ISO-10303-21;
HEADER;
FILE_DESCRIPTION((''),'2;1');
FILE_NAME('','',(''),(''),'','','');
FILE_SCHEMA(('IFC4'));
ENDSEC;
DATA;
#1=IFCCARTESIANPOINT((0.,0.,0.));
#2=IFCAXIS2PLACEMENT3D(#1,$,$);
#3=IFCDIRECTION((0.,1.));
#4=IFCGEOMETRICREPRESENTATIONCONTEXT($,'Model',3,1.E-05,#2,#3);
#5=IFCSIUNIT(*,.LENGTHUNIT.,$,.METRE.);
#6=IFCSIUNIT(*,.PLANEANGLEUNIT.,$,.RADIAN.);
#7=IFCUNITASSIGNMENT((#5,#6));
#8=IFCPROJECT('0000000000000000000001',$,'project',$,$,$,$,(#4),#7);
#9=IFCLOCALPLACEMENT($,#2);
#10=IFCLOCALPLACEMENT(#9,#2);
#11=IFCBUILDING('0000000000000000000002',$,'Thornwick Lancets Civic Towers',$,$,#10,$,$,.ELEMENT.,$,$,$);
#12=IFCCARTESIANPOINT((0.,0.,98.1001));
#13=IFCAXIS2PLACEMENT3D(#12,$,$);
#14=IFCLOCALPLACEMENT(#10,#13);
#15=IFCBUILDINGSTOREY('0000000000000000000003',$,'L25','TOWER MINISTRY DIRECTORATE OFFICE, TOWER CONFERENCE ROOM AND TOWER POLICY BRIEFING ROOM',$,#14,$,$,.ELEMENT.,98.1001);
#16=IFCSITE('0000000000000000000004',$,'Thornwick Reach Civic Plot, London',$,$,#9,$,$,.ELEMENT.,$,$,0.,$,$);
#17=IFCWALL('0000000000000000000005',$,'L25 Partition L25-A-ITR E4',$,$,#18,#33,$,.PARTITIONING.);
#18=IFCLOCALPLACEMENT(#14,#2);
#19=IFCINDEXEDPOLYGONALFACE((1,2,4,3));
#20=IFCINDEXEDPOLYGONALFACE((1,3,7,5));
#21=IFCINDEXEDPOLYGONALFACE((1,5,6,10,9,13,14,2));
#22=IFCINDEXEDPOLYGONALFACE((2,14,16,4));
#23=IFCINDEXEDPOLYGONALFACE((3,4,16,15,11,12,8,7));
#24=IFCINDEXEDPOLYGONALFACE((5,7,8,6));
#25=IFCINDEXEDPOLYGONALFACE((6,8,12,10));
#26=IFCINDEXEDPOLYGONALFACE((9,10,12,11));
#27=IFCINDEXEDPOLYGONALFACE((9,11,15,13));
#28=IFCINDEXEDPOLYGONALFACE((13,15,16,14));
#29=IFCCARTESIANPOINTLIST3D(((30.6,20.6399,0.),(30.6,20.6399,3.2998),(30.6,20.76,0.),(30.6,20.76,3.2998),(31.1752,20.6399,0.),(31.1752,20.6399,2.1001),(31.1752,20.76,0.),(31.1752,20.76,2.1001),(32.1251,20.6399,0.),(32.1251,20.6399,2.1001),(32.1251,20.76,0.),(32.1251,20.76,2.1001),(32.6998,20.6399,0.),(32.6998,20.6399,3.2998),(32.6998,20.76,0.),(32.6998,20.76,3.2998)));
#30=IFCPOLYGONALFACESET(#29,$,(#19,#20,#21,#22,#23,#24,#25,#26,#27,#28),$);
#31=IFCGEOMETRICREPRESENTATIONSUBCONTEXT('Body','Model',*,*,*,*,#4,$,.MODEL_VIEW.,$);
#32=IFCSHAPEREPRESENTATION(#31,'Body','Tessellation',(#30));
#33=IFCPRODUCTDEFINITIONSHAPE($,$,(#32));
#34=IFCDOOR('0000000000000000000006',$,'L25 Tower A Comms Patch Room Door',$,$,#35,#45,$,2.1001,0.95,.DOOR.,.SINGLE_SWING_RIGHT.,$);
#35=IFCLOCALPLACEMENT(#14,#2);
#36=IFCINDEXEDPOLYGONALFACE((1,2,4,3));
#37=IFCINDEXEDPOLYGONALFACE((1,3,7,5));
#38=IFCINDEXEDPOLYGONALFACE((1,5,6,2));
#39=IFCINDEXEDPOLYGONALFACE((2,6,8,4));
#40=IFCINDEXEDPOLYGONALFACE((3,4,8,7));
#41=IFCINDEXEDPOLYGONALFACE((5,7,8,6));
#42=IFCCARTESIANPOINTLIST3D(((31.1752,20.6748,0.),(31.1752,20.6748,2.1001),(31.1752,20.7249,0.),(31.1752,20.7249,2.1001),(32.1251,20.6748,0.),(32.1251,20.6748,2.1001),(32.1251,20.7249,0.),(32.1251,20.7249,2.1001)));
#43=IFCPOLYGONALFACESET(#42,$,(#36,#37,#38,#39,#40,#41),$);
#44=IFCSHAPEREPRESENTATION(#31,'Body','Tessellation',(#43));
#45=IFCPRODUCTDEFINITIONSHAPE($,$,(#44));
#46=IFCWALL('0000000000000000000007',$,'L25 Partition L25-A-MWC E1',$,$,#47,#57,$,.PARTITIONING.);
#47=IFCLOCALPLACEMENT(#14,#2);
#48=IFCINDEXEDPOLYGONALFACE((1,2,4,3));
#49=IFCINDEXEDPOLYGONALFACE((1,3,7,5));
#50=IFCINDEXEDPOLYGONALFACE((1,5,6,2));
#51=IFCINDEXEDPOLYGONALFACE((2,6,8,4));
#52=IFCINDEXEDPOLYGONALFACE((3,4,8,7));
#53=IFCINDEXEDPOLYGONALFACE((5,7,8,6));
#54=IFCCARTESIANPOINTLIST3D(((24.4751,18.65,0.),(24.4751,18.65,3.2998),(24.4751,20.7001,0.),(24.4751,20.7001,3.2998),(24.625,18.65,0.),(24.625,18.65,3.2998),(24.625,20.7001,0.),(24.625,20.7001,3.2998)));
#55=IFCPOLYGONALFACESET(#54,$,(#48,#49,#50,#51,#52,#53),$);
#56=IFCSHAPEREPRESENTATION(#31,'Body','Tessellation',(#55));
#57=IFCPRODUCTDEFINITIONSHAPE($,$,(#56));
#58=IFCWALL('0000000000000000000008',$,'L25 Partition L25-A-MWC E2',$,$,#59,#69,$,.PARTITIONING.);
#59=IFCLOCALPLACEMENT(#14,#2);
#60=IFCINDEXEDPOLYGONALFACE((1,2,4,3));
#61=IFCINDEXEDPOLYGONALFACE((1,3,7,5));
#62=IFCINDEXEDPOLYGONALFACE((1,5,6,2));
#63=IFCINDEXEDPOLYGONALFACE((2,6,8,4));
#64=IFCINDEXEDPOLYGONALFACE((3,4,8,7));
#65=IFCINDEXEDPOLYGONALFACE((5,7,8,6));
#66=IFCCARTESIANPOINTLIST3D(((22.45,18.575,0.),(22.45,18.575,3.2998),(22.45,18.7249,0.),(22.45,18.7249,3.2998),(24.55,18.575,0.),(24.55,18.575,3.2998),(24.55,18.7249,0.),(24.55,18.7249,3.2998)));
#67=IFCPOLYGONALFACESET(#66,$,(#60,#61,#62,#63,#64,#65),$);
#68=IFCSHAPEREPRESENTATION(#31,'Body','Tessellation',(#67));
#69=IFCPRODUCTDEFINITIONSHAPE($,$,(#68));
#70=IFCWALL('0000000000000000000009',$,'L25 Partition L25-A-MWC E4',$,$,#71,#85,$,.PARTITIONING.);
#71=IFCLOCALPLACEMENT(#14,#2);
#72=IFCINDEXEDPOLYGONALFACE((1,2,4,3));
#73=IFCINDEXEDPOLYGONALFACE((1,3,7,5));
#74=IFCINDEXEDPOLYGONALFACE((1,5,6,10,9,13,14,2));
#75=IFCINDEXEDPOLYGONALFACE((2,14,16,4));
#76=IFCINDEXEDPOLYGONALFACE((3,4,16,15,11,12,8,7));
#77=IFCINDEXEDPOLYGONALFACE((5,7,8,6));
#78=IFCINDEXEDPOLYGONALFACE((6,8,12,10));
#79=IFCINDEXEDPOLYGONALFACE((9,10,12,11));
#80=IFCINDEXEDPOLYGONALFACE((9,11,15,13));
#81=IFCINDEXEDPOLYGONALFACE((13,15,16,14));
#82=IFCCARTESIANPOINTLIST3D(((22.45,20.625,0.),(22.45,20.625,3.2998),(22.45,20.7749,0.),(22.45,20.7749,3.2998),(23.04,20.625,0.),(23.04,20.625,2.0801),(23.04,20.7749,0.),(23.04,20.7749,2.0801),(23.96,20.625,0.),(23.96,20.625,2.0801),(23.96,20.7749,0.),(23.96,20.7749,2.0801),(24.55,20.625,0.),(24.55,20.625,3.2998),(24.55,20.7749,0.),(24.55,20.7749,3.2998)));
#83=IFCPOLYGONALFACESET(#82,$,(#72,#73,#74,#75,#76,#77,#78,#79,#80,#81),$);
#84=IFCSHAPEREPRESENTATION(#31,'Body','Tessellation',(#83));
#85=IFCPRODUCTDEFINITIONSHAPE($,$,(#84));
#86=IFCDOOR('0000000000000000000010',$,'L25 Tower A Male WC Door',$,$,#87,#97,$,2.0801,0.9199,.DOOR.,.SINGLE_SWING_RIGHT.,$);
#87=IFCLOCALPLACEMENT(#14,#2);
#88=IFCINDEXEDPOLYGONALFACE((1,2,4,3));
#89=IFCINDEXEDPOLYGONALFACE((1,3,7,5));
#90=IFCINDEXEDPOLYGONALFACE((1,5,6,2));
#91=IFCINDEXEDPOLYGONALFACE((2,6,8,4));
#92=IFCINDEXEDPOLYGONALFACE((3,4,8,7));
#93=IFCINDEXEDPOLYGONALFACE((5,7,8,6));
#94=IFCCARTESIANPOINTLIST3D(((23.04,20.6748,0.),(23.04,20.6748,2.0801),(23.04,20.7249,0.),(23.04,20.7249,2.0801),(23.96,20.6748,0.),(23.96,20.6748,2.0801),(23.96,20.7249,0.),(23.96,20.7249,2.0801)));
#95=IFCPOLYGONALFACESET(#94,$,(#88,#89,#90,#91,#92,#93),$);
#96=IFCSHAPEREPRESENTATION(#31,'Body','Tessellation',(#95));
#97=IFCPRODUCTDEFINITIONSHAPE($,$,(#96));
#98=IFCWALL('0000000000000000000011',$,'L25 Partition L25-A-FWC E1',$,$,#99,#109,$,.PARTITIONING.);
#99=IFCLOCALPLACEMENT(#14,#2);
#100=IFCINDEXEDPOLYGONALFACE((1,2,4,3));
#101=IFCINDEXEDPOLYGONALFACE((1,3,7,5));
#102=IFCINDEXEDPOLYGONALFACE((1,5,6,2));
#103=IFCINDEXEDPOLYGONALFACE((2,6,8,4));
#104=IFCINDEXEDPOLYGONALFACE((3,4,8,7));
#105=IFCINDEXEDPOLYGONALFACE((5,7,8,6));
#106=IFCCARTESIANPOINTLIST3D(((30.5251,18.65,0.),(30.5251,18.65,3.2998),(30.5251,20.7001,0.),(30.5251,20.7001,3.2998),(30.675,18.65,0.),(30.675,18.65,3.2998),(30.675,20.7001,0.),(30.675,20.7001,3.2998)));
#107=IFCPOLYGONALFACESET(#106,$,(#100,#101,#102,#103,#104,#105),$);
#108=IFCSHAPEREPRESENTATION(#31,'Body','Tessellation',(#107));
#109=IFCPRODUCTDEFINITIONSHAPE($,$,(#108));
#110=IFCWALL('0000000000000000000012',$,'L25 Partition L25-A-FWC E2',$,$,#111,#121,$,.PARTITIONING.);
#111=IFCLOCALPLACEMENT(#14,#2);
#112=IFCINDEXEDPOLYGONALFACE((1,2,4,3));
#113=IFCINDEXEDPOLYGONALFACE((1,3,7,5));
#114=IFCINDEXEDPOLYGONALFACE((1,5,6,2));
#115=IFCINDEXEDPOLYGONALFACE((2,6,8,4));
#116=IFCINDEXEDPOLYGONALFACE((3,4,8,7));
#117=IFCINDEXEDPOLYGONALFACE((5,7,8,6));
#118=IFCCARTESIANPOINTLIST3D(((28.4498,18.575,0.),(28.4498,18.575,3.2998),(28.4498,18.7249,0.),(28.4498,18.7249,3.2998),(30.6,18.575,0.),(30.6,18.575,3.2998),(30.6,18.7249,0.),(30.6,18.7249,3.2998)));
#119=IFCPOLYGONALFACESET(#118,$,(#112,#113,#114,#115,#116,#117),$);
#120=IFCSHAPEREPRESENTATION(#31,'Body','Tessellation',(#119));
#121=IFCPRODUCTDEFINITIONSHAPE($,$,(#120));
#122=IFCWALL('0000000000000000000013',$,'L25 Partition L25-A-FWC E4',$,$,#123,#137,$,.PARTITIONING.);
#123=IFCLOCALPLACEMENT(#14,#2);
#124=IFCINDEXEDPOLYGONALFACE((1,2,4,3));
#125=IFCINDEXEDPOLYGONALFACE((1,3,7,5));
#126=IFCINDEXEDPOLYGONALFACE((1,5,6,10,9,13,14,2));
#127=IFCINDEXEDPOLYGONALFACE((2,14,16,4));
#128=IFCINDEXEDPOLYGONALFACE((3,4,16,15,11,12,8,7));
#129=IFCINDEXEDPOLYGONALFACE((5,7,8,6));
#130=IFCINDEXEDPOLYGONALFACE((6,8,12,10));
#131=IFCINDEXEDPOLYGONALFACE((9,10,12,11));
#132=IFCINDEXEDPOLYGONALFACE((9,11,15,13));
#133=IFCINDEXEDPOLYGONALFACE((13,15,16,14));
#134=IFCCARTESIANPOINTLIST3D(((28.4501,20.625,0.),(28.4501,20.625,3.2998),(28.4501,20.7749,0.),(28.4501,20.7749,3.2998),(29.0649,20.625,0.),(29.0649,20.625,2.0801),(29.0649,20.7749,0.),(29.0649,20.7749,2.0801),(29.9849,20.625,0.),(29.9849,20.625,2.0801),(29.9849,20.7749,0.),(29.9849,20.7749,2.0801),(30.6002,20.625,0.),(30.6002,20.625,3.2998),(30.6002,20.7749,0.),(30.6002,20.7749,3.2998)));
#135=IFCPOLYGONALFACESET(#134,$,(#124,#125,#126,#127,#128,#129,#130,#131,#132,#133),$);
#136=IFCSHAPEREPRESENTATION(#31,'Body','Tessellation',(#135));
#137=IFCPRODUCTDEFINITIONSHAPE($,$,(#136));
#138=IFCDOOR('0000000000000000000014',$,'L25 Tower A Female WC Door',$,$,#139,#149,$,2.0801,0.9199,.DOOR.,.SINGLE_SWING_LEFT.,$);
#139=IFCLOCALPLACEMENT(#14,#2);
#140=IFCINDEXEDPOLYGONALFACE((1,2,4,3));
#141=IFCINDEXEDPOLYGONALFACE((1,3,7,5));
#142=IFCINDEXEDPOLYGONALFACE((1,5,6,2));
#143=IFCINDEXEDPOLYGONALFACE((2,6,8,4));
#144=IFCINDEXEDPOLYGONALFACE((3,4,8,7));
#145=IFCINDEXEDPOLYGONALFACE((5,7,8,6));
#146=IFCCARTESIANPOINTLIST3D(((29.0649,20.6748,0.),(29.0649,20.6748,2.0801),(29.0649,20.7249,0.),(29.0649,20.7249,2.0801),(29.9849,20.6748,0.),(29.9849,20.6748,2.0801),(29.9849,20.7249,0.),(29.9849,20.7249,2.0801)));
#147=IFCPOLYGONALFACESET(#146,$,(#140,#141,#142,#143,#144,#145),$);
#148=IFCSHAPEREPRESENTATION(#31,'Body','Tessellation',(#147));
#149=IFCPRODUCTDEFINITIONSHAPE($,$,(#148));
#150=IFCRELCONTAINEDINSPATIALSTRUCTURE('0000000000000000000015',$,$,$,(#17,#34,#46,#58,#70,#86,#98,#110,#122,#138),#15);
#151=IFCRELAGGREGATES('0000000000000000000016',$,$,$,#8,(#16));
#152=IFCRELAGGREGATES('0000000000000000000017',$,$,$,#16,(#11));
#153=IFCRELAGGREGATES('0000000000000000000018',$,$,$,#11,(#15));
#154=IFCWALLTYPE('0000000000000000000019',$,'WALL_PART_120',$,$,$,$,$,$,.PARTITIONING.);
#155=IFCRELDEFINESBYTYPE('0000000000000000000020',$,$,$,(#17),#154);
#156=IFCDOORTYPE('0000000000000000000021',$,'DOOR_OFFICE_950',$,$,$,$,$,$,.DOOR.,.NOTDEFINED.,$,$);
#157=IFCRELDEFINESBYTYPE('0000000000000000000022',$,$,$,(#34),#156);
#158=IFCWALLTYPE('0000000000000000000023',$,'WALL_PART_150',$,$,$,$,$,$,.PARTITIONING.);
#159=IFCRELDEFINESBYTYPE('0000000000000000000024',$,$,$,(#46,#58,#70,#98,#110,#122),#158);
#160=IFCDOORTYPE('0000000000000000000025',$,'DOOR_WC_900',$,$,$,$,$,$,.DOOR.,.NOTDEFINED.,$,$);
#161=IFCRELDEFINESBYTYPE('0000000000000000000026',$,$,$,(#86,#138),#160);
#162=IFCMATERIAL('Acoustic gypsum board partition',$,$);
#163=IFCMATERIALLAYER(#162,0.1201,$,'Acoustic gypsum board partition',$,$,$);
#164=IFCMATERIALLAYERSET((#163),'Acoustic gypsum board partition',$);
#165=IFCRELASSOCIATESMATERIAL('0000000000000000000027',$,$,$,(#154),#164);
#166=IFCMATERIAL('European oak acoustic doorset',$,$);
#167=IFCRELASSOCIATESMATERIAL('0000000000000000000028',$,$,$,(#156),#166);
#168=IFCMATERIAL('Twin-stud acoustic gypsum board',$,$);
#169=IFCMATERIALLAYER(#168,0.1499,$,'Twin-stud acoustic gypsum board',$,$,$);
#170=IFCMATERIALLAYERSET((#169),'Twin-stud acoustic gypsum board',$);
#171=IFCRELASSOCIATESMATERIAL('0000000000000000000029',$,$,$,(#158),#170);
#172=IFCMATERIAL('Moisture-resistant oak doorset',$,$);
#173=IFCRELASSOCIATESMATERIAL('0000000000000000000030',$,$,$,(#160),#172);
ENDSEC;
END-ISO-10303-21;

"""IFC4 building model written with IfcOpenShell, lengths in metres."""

from ifc_helpers import new_model, si_unit, direction, frame, frame_2d, origin, place, context, subcontext, project, spatial, rectangle, extrude, material, layer, layer_set, type_object, element, fill, save


model = new_model("IFC4")

# Units and contexts
model_context = context("Model", 3, precision=1e-05, world=origin(), true_north=direction((0.0, 1.0)))
body_context = subcontext(model_context, "Body", "Model", "MODEL_VIEW")
ifc_project = project(units=[si_unit("LENGTHUNIT", "METRE"), si_unit("PLANEANGLEUNIT", "RADIAN")], contexts=[model_context])

# Site, building, storey
site_placement = place(None, origin())
site = spatial("IfcSite", under=ifc_project, at=site_placement, Name="Thornwick Reach Civic Plot, London", CompositionType="ELEMENT", RefElevation=0.0)
building_placement = place(site_placement, origin())
building = spatial("IfcBuilding", under=site, at=building_placement, Name="Thornwick Lancets Civic Towers", CompositionType="ELEMENT")
storey_placement = place(building_placement, frame((0.0, 0.0, 98.1001)))
storey = spatial("IfcBuildingStorey", under=building, at=storey_placement, Name="L25", Description="TOWER MINISTRY DIRECTORATE OFFICE, TOWER CONFERENCE ROOM AND TOWER POLICY BRIEFING ROOM", CompositionType="ELEMENT", Elevation=98.1001)

# Wall, opening, door
ifc_material_1 = material(Name="Acoustic gypsum board partition")
ifc_layer_1 = layer(ifc_material_1, 0.1201, Name="Acoustic gypsum board partition")
ifc_layer_set_1 = layer_set([ifc_layer_1], Name="Acoustic gypsum board partition")
wall_type_1 = type_object("IfcWallType", Name="WALL_PART_120", PredefinedType="PARTITIONING", material=ifc_layer_set_1)
wall_1_placement = place(storey_placement, frame((30.6001, 20.7, 0.0), z_axis=(0.0, 0.0, 1.0), x_axis=(1.0, 0.0, 0.0)))
wall_1 = element("IfcWall", 1, at=wall_1_placement, inside=storey, type_object=wall_type_1, Name="L25 Partition L25-A-ITR E4", PredefinedType="PARTITIONING", context=body_context, shape_type="SweptSolid", body=[
    extrude(rectangle(XDim=2.0999, YDim=0.1201, at=frame_2d((1.0498, 0.0))), origin(), (0.0, 0.0, 1.0), 3.2998),
])
opening_1_placement = place(wall_1_placement, frame((0.575, 0.0, 0.0)))
opening_1 = element("IfcOpeningElement", 2, at=opening_1_placement, cuts=wall_1, PredefinedType="OPENING", context=body_context, shape_type="SweptSolid", body=[
    extrude(rectangle(XDim=0.95, YDim=2.1001, at=frame_2d((0.4751, 1.05))), frame((0.0, 0.0701, 0.0), z_axis=(0.0, -1.0, 0.0), x_axis=(1.0, 0.0, 0.0)), (0.0, 0.0, 1.0), 0.1401),
])
ifc_material_2 = material(Name="European oak acoustic doorset")
door_type_1 = type_object("IfcDoorType", Name="DOOR_OFFICE_950", OperationType="NOTDEFINED", PredefinedType="DOOR", material=ifc_material_2)
door_1_placement = place(opening_1_placement, origin())
door_1 = element("IfcDoor", 3, at=door_1_placement, inside=storey, type_object=door_type_1, Name="L25 Tower A Comms Patch Room Door", OperationType="SINGLE_SWING_RIGHT", OverallHeight=2.1001, OverallWidth=0.95, PredefinedType="DOOR", context=body_context, shape_type="SweptSolid", body=[
    extrude(rectangle(XDim=0.95, YDim=2.1001, at=frame_2d((0.4751, 1.05))), frame((0.0, 0.0249, 0.0), z_axis=(0.0, -1.0, 0.0), x_axis=(1.0, 0.0, 0.0)), (0.0, 0.0, 1.0), 0.05),
])
fill(opening_1, door_1)

# Walls
ifc_material_3 = material(Name="Twin-stud acoustic gypsum board")
ifc_layer_2 = layer(ifc_material_3, 0.1499, Name="Twin-stud acoustic gypsum board")
ifc_layer_set_2 = layer_set([ifc_layer_2], Name="Twin-stud acoustic gypsum board")
wall_type_2 = type_object("IfcWallType", Name="WALL_PART_150", PredefinedType="PARTITIONING", material=ifc_layer_set_2)
wall_2_placement = place(storey_placement, frame((24.55, 20.7, 0.0), z_axis=(0.0, 0.0, 1.0), x_axis=(0.0, -1.0, 0.0)))
element("IfcWall", 4, at=wall_2_placement, inside=storey, type_object=wall_type_2, Name="L25 Partition L25-A-MWC E1", PredefinedType="PARTITIONING", context=body_context, shape_type="SweptSolid", body=[
    extrude(rectangle(XDim=2.05, YDim=0.1499, at=frame_2d((1.0249, 0.0))), origin(), (0.0, 0.0, 1.0), 3.2998),
])
wall_3_placement = place(storey_placement, frame((24.55, 18.6499, 0.0), z_axis=(0.0, 0.0, 1.0), x_axis=(-1.0, 0.0, 0.0)))
element("IfcWall", 5, at=wall_3_placement, inside=storey, type_object=wall_type_2, Name="L25 Partition L25-A-MWC E2", PredefinedType="PARTITIONING", context=body_context, shape_type="SweptSolid", body=[
    extrude(rectangle(XDim=2.1001, YDim=0.1499, at=frame_2d((1.05, 0.0))), origin(), (0.0, 0.0, 1.0), 3.2998),
])

# Wall, opening, door
wall_4_placement = place(storey_placement, frame((22.45, 20.7, 0.0), z_axis=(0.0, 0.0, 1.0), x_axis=(1.0, 0.0, 0.0)))
wall_4 = element("IfcWall", 6, at=wall_4_placement, inside=storey, type_object=wall_type_2, Name="L25 Partition L25-A-MWC E4", PredefinedType="PARTITIONING", context=body_context, shape_type="SweptSolid", body=[
    extrude(rectangle(XDim=2.1001, YDim=0.1499, at=frame_2d((1.05, 0.0))), origin(), (0.0, 0.0, 1.0), 3.2998),
])
opening_2_placement = place(wall_4_placement, frame((0.5901, 0.0, 0.0)))
opening_2 = element("IfcOpeningElement", 7, at=opening_2_placement, cuts=wall_4, PredefinedType="OPENING", context=body_context, shape_type="SweptSolid", body=[
    extrude(rectangle(XDim=0.9199, YDim=2.0801, at=frame_2d((0.46, 1.04))), frame((0.0, 0.085, 0.0), z_axis=(0.0, -1.0, 0.0), x_axis=(1.0, 0.0, 0.0)), (0.0, 0.0, 1.0), 0.1699),
])
ifc_material_4 = material(Name="Moisture-resistant oak doorset")
door_type_2 = type_object("IfcDoorType", Name="DOOR_WC_900", OperationType="NOTDEFINED", PredefinedType="DOOR", material=ifc_material_4)
door_2_placement = place(opening_2_placement, origin())
door_2 = element("IfcDoor", 8, at=door_2_placement, inside=storey, type_object=door_type_2, Name="L25 Tower A Male WC Door", OperationType="SINGLE_SWING_RIGHT", OverallHeight=2.0801, OverallWidth=0.9199, PredefinedType="DOOR", context=body_context, shape_type="SweptSolid", body=[
    extrude(rectangle(XDim=0.9199, YDim=2.0801, at=frame_2d((0.46, 1.04))), frame((0.0, 0.0249, 0.0), z_axis=(0.0, -1.0, 0.0), x_axis=(1.0, 0.0, 0.0)), (0.0, 0.0, 1.0), 0.05),
])
fill(opening_2, door_2)

# Walls
wall_5_placement = place(storey_placement, frame((30.6001, 20.7, 0.0), z_axis=(0.0, 0.0, 1.0), x_axis=(0.0, -1.0, 0.0)))
element("IfcWall", 9, at=wall_5_placement, inside=storey, type_object=wall_type_2, Name="L25 Partition L25-A-FWC E1", PredefinedType="PARTITIONING", context=body_context, shape_type="SweptSolid", body=[
    extrude(rectangle(XDim=2.05, YDim=0.1499, at=frame_2d((1.0249, 0.0))), origin(), (0.0, 0.0, 1.0), 3.2998),
])
wall_6_placement = place(storey_placement, frame((30.6001, 18.6499, 0.0), z_axis=(0.0, 0.0, 1.0), x_axis=(-1.0, 0.0, 0.0)))
element("IfcWall", 10, at=wall_6_placement, inside=storey, type_object=wall_type_2, Name="L25 Partition L25-A-FWC E2", PredefinedType="PARTITIONING", context=body_context, shape_type="SweptSolid", body=[
    extrude(rectangle(XDim=2.1501, YDim=0.1499, at=frame_2d((1.0752, 0.0))), origin(), (0.0, 0.0, 1.0), 3.2998),
])

# Wall, opening, door
wall_7_placement = place(storey_placement, frame((28.45, 20.7, 0.0), z_axis=(0.0, 0.0, 1.0), x_axis=(1.0, 0.0, 0.0)))
wall_7 = element("IfcWall", 11, at=wall_7_placement, inside=storey, type_object=wall_type_2, Name="L25 Partition L25-A-FWC E4", PredefinedType="PARTITIONING", context=body_context, shape_type="SweptSolid", body=[
    extrude(rectangle(XDim=2.1501, YDim=0.1499, at=frame_2d((1.0752, 0.0))), origin(), (0.0, 0.0, 1.0), 3.2998),
])
opening_3_placement = place(wall_7_placement, frame((0.615, 0.0, 0.0)))
opening_3 = element("IfcOpeningElement", 12, at=opening_3_placement, cuts=wall_7, PredefinedType="OPENING", context=body_context, shape_type="SweptSolid", body=[
    extrude(rectangle(XDim=0.9199, YDim=2.0801, at=frame_2d((0.46, 1.04))), frame((0.0, 0.085, 0.0), z_axis=(0.0, -1.0, 0.0), x_axis=(1.0, 0.0, 0.0)), (0.0, 0.0, 1.0), 0.1699),
])
door_3_placement = place(opening_3_placement, origin())
door_3 = element("IfcDoor", 13, at=door_3_placement, inside=storey, type_object=door_type_2, Name="L25 Tower A Female WC Door", OperationType="SINGLE_SWING_LEFT", OverallHeight=2.0801, OverallWidth=0.9199, PredefinedType="DOOR", context=body_context, shape_type="SweptSolid", body=[
    extrude(rectangle(XDim=0.9199, YDim=2.0801, at=frame_2d((0.46, 1.04))), frame((0.0, 0.0249, 0.0), z_axis=(0.0, -1.0, 0.0), x_axis=(1.0, 0.0, 0.0)), (0.0, 0.0, 1.0), 0.05),
])
fill(opening_3, door_3)

save(model, "model.ifc")
